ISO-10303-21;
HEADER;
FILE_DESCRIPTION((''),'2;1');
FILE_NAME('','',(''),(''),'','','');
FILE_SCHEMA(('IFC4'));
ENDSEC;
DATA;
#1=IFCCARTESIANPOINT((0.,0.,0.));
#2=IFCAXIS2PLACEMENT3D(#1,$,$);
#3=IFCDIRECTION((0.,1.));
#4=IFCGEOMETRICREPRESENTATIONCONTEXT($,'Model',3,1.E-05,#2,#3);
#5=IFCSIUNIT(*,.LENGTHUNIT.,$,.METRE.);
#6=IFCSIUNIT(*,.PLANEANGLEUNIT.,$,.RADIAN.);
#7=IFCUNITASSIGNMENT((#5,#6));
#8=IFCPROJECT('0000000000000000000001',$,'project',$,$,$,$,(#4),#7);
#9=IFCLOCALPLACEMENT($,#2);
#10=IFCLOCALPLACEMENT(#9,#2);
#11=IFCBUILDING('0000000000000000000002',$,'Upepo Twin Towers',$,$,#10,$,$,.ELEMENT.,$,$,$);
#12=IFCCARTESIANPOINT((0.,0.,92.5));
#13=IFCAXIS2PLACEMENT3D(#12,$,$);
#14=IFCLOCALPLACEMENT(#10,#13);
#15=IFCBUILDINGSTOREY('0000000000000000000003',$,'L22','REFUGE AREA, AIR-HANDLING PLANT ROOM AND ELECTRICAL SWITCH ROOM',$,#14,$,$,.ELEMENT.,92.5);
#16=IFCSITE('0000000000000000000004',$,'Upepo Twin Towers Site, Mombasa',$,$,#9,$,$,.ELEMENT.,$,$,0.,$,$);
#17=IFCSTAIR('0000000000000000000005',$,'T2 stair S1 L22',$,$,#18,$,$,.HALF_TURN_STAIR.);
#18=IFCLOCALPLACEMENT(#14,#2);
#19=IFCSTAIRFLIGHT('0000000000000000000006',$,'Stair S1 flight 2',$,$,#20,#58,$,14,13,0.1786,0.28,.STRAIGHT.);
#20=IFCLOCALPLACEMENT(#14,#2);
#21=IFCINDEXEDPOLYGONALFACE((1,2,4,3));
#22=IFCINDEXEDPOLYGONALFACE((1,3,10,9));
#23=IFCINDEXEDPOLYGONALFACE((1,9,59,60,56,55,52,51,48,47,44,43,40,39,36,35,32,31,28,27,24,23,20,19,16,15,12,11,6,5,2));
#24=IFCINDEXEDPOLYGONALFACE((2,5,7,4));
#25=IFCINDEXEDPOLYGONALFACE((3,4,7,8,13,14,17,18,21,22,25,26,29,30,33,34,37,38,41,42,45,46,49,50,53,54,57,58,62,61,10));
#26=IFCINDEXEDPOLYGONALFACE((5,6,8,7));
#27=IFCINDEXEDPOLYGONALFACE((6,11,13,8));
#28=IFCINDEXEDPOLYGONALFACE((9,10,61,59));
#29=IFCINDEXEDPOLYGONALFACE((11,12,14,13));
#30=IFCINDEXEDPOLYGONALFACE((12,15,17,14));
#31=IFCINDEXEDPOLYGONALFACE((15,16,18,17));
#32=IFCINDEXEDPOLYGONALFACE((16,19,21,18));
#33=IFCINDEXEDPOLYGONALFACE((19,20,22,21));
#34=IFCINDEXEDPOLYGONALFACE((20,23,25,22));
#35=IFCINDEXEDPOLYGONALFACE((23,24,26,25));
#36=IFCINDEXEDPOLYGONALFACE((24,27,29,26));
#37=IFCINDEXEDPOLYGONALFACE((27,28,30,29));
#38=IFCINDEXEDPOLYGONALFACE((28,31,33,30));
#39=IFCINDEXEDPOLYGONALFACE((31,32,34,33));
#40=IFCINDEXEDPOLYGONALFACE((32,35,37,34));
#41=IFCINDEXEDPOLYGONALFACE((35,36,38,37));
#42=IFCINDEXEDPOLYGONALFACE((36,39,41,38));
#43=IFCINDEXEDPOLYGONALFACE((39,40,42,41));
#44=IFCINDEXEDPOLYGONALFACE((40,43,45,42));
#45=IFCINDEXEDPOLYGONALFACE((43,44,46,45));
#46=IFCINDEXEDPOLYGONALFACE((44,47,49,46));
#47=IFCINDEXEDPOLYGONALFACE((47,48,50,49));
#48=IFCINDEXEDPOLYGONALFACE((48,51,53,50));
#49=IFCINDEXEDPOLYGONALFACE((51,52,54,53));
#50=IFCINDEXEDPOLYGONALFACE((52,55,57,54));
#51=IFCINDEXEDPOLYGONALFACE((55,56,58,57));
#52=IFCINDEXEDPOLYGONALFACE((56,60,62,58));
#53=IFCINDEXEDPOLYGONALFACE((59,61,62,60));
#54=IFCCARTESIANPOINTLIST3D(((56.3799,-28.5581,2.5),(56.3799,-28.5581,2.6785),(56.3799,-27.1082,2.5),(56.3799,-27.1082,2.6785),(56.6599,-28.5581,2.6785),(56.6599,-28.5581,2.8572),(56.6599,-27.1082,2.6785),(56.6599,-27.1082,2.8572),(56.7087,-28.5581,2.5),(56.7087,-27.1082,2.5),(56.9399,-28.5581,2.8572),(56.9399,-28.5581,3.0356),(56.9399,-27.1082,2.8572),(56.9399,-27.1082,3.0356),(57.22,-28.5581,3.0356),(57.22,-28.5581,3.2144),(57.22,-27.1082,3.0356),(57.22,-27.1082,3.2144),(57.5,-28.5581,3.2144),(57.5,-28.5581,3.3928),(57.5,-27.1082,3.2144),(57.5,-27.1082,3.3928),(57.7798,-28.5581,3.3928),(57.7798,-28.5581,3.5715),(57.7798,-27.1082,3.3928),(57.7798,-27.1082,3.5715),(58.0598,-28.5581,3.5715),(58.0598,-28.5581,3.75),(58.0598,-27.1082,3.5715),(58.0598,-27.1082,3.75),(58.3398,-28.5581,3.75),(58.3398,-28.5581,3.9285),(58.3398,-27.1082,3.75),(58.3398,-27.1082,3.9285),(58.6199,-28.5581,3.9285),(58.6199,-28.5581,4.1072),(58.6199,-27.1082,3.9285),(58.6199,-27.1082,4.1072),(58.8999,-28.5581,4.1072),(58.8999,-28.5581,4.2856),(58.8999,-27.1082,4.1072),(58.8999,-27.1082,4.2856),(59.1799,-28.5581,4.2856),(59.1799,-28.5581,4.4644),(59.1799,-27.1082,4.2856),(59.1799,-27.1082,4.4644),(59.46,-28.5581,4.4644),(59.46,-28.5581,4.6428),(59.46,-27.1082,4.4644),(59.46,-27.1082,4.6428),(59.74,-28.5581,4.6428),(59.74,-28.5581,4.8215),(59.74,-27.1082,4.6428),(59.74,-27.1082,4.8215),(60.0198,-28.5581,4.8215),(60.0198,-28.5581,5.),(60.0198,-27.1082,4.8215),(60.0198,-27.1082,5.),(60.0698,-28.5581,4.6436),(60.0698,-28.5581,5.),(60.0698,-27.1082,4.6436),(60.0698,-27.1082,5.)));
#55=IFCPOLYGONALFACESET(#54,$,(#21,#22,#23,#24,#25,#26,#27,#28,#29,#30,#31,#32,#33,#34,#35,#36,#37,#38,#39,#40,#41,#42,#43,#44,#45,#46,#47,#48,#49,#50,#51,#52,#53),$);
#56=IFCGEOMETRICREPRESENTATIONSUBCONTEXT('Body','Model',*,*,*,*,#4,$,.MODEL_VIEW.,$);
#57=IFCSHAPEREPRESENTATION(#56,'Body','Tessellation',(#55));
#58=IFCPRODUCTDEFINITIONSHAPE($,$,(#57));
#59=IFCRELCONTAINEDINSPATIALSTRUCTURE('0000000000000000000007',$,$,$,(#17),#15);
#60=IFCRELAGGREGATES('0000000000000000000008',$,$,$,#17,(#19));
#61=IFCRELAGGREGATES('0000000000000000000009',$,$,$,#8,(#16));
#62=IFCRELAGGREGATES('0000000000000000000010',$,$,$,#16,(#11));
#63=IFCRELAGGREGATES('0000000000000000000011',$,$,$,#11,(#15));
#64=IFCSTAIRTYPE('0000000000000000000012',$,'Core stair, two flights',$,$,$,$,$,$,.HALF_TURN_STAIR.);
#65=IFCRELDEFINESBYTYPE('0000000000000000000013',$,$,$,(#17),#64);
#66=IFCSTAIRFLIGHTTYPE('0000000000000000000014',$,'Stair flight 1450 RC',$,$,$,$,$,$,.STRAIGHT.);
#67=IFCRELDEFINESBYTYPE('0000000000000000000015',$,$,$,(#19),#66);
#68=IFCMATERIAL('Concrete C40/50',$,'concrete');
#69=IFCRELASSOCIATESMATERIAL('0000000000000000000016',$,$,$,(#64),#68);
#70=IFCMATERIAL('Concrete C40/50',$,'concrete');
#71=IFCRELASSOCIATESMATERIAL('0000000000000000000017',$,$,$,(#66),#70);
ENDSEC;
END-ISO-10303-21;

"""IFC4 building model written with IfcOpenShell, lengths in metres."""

from ifc_helpers import new_model, si_unit, direction, frame, origin, place, context, subcontext, project, spatial, polyline, outline, extrude, material, type_object, element, aggregate, save


model = new_model("IFC4")

# Units and contexts
model_context = context("Model", 3, precision=1e-05, world=origin(), true_north=direction((0.0, 1.0)))
body_context = subcontext(model_context, "Body", "Model", "MODEL_VIEW")
ifc_project = project(units=[si_unit("LENGTHUNIT", "METRE"), si_unit("PLANEANGLEUNIT", "RADIAN")], contexts=[model_context])

# Site, building, storey
site_placement = place(None, origin())
site = spatial("IfcSite", under=ifc_project, at=site_placement, Name="Upepo Twin Towers Site, Mombasa", CompositionType="ELEMENT", RefElevation=0.0)
building_placement = place(site_placement, origin())
building = spatial("IfcBuilding", under=site, at=building_placement, Name="Upepo Twin Towers", CompositionType="ELEMENT")
storey_placement = place(building_placement, frame((0.0, 0.0, 92.5)))
storey = spatial("IfcBuildingStorey", under=building, at=storey_placement, Name="L22", Description="REFUGE AREA, AIR-HANDLING PLANT ROOM AND ELECTRICAL SWITCH ROOM", CompositionType="ELEMENT", Elevation=92.5)

# Stair, stair flight
ifc_material_1 = material(Name="Concrete C40/50", Category="concrete")
stair_type = type_object("IfcStairType", Name="Core stair, two flights", PredefinedType="HALF_TURN_STAIR", material=ifc_material_1)
stair_placement = place(storey_placement, origin())
stair = element("IfcStair", 1, at=stair_placement, inside=storey, type_object=stair_type, Name="T2 stair S1 L22", PredefinedType="HALF_TURN_STAIR")
ifc_material_2 = material(Name="Concrete C40/50", Category="concrete")
stair_flight_type = type_object("IfcStairFlightType", Name="Stair flight 1450 RC", PredefinedType="STRAIGHT", material=ifc_material_2)
stair_flight_1_placement = place(storey_placement, frame((56.3799, -27.8333, 2.5), z_axis=(0.0, 0.0, 1.0), x_axis=(1.0, 0.0, 0.0)))
stair_flight_1 = element("IfcStairFlight", 2, at=stair_flight_1_placement, type_object=stair_flight_type, Name="Stair S1 flight 2", NumberOfRisers=14, NumberOfTreads=13, PredefinedType="STRAIGHT", RiserHeight=0.1786, TreadLength=0.28, context=body_context, shape_type="SweptSolid", body=[
    extrude(outline(polyline([(0.0, 0.0), (0.0, 0.1785), (0.28, 0.1785), (0.28, 0.3572), (0.5601, 0.3572), (0.5601, 0.5356), (0.8401, 0.5356), (0.8401, 0.7144), (1.1201, 0.7144), (1.1201, 0.8928), (1.3999, 0.8928), (1.3999, 1.0715), (1.6799, 1.0715), (1.6799, 1.25), (1.96, 1.25), (1.96, 1.4285), (2.24, 1.4285), (2.24, 1.6072), (2.52, 1.6072), (2.52, 1.7856), (2.8, 1.7856), (2.8, 1.9644), (3.0801, 1.9644), (3.0801, 2.1428), (3.3601, 2.1428), (3.3601, 2.3215), (3.6399, 2.3215), (3.6399, 2.5), (3.6899, 2.5), (3.6899, 2.1436), (0.3289, 0.0), (0.0, 0.0)])), frame((0.0, 0.7251, 0.0), z_axis=(0.0, -1.0, 0.0), x_axis=(1.0, 0.0, 0.0)), (0.0, 0.0, 1.0), 1.45),
])
aggregate(stair, [stair_flight_1])

save(model, "model.ifc")
